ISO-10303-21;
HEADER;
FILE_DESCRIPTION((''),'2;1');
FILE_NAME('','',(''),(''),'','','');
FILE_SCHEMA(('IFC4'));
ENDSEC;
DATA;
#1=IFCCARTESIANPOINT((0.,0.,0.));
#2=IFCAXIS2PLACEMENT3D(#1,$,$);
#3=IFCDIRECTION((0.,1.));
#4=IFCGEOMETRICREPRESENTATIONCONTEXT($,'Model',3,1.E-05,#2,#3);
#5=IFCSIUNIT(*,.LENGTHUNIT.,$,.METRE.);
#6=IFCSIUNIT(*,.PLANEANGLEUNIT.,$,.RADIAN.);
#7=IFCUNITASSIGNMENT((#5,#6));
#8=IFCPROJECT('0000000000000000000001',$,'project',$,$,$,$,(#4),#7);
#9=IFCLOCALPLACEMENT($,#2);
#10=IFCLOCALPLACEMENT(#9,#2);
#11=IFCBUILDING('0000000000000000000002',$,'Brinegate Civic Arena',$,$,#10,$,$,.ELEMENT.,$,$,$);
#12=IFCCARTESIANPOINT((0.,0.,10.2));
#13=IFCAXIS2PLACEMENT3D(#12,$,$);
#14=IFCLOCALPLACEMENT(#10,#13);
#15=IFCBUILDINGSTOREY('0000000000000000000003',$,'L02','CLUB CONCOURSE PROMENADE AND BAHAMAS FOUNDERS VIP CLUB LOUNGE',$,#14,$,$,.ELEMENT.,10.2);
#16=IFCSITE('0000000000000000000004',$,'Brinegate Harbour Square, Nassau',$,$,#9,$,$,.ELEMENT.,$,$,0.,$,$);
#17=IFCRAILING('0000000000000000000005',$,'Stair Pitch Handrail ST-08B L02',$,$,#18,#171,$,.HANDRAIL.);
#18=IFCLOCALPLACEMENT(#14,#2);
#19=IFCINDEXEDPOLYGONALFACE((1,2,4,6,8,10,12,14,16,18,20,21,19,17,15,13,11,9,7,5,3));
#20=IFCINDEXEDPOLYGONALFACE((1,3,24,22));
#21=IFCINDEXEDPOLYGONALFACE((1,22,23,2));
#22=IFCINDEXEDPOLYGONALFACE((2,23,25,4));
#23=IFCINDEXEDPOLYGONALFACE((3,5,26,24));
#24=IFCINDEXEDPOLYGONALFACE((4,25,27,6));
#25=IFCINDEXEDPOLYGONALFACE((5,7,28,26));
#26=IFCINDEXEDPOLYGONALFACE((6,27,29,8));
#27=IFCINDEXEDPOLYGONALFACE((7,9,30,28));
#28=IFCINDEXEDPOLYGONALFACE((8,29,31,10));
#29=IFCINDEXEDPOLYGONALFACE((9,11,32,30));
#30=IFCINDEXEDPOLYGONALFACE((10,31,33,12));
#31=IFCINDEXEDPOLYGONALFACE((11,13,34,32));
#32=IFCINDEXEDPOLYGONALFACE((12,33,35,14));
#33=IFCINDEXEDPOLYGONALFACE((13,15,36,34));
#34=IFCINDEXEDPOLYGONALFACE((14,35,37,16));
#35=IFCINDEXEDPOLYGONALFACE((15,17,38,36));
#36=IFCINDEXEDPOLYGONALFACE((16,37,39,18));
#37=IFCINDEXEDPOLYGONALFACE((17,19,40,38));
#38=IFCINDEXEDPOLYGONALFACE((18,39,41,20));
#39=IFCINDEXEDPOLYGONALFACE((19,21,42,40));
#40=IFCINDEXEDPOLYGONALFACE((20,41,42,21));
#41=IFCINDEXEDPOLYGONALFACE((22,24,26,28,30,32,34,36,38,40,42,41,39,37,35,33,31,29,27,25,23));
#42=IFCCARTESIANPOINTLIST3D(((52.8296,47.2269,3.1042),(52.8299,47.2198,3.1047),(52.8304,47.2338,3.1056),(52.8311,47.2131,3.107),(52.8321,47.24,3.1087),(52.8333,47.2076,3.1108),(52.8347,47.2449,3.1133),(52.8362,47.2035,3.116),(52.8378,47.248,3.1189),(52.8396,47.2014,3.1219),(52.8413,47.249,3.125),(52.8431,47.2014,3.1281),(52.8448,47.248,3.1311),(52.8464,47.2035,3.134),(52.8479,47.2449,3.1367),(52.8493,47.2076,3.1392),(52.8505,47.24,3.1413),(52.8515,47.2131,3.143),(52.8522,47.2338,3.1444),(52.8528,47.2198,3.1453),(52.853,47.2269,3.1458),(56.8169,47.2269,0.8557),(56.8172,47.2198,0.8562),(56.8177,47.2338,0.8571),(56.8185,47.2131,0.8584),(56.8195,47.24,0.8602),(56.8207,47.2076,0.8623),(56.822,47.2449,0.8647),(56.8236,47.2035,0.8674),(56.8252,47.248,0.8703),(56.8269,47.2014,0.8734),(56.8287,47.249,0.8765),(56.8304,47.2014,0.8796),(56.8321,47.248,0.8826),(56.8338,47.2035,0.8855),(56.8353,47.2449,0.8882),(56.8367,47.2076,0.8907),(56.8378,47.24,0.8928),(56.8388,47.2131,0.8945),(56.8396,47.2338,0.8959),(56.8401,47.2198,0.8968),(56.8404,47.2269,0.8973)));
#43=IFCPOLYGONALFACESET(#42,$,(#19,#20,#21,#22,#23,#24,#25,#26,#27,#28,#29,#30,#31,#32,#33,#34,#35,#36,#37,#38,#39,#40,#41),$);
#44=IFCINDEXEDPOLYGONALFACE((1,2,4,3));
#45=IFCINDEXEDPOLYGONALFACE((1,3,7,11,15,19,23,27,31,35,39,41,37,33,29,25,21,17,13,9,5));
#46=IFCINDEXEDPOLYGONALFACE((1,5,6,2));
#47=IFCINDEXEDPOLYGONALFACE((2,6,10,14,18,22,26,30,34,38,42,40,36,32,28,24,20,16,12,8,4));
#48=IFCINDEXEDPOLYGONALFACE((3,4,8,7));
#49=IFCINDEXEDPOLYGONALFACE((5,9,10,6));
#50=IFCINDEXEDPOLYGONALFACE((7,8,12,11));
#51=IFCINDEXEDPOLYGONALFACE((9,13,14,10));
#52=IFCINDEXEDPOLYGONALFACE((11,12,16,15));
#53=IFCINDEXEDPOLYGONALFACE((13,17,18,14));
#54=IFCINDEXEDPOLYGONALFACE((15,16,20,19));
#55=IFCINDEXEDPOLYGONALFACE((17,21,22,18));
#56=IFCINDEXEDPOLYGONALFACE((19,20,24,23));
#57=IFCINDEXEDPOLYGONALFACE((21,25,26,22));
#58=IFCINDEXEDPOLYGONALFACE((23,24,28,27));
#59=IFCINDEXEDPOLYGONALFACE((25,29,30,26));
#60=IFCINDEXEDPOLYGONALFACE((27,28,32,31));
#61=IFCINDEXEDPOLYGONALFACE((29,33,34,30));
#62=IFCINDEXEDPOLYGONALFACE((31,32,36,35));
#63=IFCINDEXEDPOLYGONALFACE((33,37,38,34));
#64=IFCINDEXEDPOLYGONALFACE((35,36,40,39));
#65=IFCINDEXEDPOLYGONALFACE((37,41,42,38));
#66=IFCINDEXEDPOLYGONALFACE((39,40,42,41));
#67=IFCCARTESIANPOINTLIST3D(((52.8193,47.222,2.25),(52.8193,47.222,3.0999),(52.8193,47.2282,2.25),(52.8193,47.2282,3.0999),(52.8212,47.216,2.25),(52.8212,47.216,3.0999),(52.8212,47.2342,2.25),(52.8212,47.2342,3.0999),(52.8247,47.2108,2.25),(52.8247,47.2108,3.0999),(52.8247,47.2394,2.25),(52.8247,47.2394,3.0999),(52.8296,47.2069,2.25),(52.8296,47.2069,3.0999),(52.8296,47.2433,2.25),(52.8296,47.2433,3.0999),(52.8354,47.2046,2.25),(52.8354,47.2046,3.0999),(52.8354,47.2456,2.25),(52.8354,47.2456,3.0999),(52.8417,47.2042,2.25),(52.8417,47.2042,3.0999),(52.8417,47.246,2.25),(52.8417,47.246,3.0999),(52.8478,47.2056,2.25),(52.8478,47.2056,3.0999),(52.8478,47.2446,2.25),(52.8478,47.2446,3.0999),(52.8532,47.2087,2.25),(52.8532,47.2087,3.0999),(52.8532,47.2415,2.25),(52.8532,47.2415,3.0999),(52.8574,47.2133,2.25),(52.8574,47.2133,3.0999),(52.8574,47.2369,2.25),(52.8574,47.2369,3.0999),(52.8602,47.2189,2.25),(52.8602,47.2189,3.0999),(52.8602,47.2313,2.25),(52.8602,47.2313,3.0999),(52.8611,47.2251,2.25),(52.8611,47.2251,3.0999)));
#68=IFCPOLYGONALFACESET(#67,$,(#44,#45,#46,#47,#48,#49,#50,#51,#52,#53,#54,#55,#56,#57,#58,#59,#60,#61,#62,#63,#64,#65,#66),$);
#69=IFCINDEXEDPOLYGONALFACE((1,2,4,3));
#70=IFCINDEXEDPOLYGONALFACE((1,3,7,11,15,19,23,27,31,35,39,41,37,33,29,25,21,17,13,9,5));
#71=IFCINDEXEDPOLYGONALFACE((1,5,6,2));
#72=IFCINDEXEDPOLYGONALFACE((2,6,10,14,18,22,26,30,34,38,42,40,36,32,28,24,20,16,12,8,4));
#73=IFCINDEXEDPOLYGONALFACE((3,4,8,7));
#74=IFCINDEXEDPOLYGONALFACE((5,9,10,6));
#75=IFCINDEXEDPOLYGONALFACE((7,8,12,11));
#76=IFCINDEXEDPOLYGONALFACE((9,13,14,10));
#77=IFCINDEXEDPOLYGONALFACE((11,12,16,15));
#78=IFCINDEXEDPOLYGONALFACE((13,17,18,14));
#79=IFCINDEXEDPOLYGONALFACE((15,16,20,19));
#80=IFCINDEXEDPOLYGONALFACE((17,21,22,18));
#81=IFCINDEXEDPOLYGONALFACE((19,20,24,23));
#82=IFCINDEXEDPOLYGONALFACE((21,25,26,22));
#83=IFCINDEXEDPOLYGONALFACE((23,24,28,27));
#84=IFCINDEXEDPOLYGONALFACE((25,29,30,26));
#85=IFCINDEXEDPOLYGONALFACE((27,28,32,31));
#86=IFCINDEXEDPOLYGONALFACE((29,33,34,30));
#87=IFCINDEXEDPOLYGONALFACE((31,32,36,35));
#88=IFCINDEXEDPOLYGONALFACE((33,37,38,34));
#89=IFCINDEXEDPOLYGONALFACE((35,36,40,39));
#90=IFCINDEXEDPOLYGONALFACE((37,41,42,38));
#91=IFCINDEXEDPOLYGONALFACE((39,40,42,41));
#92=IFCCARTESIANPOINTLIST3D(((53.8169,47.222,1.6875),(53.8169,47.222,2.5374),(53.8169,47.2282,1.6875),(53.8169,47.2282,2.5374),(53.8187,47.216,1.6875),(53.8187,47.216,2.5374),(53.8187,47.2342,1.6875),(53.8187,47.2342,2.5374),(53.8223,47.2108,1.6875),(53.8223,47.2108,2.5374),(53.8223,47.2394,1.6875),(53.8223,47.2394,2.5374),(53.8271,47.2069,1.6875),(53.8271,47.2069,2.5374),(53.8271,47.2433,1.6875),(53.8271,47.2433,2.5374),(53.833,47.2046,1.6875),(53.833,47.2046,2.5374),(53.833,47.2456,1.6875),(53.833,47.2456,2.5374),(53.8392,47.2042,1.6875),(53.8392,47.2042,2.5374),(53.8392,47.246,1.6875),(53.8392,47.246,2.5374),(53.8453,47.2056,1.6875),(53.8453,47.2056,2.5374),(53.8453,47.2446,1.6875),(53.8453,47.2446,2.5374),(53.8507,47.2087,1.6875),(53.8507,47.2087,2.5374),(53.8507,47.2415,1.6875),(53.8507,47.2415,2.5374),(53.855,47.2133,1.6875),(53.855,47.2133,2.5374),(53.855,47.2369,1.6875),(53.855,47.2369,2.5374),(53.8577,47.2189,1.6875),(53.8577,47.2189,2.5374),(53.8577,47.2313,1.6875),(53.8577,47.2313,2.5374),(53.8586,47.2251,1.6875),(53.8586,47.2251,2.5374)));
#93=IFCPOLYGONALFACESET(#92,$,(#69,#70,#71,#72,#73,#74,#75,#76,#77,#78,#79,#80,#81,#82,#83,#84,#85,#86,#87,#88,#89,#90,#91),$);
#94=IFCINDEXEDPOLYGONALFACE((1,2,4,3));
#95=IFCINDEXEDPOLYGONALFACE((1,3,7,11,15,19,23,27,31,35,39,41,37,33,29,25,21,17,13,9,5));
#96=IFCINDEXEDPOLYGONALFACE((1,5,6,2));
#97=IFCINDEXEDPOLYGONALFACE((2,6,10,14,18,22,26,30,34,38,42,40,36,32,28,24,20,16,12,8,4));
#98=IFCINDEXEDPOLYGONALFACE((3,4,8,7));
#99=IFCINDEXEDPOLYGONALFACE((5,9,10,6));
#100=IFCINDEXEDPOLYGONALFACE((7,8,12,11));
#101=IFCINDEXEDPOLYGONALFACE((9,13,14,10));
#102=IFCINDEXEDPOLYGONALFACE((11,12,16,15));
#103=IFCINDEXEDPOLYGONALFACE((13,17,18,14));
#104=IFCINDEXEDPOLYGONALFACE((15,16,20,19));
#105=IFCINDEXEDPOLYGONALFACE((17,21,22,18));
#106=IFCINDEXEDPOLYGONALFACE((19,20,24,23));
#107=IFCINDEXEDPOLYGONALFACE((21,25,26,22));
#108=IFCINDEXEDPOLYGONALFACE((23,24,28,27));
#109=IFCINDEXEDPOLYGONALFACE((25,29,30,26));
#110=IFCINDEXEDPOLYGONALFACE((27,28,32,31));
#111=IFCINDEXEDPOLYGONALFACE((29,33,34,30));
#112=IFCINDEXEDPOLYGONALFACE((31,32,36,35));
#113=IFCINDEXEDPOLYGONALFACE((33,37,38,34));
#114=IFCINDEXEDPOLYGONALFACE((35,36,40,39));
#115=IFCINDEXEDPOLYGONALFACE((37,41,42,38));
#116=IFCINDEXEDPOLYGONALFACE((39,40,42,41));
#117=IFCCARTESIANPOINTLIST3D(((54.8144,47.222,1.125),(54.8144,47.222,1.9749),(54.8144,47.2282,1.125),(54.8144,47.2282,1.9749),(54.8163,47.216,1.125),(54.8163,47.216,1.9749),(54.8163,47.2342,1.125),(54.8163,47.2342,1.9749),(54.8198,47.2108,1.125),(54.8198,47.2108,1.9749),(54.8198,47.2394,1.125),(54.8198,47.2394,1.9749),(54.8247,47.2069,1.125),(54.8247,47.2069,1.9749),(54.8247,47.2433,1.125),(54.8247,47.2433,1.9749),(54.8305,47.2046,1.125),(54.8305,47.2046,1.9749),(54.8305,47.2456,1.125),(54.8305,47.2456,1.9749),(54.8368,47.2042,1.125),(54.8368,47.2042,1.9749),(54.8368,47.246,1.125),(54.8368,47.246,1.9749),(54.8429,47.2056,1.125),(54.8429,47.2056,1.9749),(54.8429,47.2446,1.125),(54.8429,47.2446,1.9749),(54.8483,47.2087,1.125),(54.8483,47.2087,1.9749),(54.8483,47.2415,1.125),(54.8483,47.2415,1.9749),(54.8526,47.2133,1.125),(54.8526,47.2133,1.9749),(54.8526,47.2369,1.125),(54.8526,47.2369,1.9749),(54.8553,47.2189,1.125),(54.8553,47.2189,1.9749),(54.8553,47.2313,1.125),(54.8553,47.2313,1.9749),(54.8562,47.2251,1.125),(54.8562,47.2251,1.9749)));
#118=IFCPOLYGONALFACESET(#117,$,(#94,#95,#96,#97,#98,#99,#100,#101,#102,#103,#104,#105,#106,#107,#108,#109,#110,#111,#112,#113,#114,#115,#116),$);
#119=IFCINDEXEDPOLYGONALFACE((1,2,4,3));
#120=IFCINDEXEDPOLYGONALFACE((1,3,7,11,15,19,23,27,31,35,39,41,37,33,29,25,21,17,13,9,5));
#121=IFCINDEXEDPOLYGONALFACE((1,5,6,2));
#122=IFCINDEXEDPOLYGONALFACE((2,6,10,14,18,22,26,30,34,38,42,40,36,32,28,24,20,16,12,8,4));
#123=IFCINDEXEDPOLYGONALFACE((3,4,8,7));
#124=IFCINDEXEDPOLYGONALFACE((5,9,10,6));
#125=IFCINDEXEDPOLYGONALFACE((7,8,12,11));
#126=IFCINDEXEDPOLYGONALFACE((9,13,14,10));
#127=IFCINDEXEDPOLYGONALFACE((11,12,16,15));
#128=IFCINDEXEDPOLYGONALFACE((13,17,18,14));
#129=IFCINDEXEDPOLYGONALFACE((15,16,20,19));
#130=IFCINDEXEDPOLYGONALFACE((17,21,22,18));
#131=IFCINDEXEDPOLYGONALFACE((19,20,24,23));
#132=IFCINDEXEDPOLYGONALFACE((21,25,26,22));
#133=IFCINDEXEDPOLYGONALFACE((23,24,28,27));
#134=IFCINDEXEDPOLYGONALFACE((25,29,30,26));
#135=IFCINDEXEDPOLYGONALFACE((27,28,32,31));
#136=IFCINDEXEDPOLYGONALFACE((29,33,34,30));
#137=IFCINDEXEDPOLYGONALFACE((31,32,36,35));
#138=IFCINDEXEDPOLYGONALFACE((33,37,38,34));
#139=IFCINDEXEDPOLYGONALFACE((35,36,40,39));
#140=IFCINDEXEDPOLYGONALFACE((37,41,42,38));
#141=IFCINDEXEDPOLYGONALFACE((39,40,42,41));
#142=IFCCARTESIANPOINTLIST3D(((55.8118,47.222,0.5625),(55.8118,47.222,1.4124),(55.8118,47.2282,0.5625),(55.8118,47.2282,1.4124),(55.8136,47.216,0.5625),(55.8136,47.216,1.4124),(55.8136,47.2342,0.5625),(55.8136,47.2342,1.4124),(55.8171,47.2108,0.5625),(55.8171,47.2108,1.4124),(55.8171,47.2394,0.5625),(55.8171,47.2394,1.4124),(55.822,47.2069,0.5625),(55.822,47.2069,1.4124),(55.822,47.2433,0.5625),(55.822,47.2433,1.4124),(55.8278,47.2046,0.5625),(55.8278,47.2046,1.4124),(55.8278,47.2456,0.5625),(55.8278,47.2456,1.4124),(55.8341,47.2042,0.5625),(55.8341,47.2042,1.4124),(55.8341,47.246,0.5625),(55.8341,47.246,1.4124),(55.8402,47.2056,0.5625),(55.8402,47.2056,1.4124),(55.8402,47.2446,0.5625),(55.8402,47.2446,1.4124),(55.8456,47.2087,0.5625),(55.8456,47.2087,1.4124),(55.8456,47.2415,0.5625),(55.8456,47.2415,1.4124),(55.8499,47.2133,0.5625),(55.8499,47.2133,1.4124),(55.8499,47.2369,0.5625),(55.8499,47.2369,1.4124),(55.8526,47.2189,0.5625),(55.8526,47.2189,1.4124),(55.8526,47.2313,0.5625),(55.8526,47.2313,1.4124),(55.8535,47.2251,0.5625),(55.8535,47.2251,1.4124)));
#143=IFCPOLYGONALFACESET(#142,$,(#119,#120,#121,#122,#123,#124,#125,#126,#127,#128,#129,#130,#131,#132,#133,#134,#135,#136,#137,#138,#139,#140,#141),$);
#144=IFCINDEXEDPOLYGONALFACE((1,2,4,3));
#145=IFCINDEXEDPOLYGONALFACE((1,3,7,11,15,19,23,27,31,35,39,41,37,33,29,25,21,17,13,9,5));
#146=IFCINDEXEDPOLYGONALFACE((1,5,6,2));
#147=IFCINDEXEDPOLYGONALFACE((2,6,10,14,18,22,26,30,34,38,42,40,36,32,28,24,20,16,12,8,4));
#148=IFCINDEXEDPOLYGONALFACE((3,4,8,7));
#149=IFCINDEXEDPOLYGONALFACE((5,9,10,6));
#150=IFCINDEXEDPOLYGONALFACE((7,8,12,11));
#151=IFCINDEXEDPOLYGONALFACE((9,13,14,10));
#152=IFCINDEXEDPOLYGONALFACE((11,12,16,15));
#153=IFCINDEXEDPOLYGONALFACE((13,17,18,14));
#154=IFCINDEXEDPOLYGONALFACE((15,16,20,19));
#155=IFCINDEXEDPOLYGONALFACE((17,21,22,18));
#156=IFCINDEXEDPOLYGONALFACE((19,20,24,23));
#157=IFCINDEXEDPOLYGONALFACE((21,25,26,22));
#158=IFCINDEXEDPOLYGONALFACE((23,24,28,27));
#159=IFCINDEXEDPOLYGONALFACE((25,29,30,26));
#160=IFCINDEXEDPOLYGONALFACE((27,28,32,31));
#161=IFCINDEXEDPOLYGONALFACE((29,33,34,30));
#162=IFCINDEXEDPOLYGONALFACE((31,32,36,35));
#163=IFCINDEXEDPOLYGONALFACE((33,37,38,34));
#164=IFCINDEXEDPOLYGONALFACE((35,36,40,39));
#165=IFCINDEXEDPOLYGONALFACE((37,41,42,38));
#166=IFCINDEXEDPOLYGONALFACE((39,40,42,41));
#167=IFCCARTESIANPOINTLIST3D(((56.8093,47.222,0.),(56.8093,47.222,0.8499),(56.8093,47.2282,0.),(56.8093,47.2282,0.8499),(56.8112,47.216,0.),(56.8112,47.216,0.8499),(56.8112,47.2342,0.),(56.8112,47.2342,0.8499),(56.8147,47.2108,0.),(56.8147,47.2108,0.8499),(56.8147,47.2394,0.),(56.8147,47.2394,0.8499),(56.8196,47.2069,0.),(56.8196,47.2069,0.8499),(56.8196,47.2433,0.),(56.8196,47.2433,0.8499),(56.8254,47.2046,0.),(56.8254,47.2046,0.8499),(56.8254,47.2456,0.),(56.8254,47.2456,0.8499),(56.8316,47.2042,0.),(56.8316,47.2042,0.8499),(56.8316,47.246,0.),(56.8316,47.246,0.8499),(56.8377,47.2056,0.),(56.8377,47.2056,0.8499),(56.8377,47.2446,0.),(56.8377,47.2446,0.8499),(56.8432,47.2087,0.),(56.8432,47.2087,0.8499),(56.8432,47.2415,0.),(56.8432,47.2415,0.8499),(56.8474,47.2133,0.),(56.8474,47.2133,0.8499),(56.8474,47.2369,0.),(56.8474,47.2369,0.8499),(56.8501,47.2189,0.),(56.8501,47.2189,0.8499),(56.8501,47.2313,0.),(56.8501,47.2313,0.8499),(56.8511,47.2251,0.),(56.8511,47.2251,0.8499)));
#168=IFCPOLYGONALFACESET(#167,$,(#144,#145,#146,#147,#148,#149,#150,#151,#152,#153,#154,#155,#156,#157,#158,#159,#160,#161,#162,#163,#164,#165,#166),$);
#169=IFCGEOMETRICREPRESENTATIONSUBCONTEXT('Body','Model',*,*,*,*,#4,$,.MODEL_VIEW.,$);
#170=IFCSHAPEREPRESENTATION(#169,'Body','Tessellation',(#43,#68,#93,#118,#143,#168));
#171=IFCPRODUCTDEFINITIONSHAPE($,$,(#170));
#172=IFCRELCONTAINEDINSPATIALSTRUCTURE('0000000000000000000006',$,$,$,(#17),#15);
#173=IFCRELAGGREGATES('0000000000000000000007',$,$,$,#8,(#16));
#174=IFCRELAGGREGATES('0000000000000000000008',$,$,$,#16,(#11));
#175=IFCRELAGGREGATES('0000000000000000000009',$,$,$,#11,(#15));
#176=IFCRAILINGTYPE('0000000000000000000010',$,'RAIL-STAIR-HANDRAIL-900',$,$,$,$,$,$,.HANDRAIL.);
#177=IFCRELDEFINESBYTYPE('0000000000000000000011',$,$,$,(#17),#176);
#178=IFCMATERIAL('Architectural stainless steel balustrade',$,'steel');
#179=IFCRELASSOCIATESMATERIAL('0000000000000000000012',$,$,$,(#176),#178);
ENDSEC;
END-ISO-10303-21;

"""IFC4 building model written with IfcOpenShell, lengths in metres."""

from ifc_helpers import new_model, si_unit, direction, frame, origin, origin_2d, place, context, subcontext, project, spatial, circle, extrude, material, type_object, element, save


model = new_model("IFC4")

# Units and contexts
model_context = context("Model", 3, precision=1e-05, world=origin(), true_north=direction((0.0, 1.0)))
body_context = subcontext(model_context, "Body", "Model", "MODEL_VIEW")
ifc_project = project(units=[si_unit("LENGTHUNIT", "METRE"), si_unit("PLANEANGLEUNIT", "RADIAN")], contexts=[model_context])

# Site, building, storey
site_placement = place(None, origin())
site = spatial("IfcSite", under=ifc_project, at=site_placement, Name="Brinegate Harbour Square, Nassau", CompositionType="ELEMENT", RefElevation=0.0)
building_placement = place(site_placement, origin())
building = spatial("IfcBuilding", under=site, at=building_placement, Name="Brinegate Civic Arena", CompositionType="ELEMENT")
storey_placement = place(building_placement, frame((0.0, 0.0, 10.2)))
storey = spatial("IfcBuildingStorey", under=building, at=storey_placement, Name="L02", Description="CLUB CONCOURSE PROMENADE AND BAHAMAS FOUNDERS VIP CLUB LOUNGE", CompositionType="ELEMENT", Elevation=10.2)

# Railing
ifc_material_1 = material(Name="Architectural stainless steel balustrade", Category="steel")
railing_type = type_object("IfcRailingType", Name="RAIL-STAIR-HANDRAIL-900", PredefinedType="HANDRAIL", material=ifc_material_1)
railing_placement = place(storey_placement, frame((52.8401, 47.2251, 2.25)))
element("IfcRailing", 1, at=railing_placement, inside=storey, type_object=railing_type, Name="Stair Pitch Handrail ST-08B L02", PredefinedType="HANDRAIL", context=body_context, shape_type="SweptSolid", body=[
    extrude(circle(Radius=0.0239, at=origin_2d()), frame((0.0012, 0.0, 0.875), z_axis=(0.87105, 0.0, -0.491195), x_axis=(0.0, 1.0, 0.0)), (0.0, 0.0, 1.0), 4.5776),
    extrude(circle(Radius=0.021, at=origin_2d()), origin(), (0.0, 0.0, 1.0), 0.8499),
    extrude(circle(Radius=0.021, at=origin_2d()), frame((0.9976, 0.0, -0.5625)), (0.0, 0.0, 1.0), 0.8499),
    extrude(circle(Radius=0.021, at=origin_2d()), frame((1.9951, 0.0, -1.125)), (0.0, 0.0, 1.0), 0.8499),
    extrude(circle(Radius=0.021, at=origin_2d()), frame((2.9924, 0.0, -1.6875)), (0.0, 0.0, 1.0), 0.8499),
    extrude(circle(Radius=0.021, at=origin_2d()), frame((3.99, 0.0, -2.25)), (0.0, 0.0, 1.0), 0.8499),
])

save(model, "model.ifc")
